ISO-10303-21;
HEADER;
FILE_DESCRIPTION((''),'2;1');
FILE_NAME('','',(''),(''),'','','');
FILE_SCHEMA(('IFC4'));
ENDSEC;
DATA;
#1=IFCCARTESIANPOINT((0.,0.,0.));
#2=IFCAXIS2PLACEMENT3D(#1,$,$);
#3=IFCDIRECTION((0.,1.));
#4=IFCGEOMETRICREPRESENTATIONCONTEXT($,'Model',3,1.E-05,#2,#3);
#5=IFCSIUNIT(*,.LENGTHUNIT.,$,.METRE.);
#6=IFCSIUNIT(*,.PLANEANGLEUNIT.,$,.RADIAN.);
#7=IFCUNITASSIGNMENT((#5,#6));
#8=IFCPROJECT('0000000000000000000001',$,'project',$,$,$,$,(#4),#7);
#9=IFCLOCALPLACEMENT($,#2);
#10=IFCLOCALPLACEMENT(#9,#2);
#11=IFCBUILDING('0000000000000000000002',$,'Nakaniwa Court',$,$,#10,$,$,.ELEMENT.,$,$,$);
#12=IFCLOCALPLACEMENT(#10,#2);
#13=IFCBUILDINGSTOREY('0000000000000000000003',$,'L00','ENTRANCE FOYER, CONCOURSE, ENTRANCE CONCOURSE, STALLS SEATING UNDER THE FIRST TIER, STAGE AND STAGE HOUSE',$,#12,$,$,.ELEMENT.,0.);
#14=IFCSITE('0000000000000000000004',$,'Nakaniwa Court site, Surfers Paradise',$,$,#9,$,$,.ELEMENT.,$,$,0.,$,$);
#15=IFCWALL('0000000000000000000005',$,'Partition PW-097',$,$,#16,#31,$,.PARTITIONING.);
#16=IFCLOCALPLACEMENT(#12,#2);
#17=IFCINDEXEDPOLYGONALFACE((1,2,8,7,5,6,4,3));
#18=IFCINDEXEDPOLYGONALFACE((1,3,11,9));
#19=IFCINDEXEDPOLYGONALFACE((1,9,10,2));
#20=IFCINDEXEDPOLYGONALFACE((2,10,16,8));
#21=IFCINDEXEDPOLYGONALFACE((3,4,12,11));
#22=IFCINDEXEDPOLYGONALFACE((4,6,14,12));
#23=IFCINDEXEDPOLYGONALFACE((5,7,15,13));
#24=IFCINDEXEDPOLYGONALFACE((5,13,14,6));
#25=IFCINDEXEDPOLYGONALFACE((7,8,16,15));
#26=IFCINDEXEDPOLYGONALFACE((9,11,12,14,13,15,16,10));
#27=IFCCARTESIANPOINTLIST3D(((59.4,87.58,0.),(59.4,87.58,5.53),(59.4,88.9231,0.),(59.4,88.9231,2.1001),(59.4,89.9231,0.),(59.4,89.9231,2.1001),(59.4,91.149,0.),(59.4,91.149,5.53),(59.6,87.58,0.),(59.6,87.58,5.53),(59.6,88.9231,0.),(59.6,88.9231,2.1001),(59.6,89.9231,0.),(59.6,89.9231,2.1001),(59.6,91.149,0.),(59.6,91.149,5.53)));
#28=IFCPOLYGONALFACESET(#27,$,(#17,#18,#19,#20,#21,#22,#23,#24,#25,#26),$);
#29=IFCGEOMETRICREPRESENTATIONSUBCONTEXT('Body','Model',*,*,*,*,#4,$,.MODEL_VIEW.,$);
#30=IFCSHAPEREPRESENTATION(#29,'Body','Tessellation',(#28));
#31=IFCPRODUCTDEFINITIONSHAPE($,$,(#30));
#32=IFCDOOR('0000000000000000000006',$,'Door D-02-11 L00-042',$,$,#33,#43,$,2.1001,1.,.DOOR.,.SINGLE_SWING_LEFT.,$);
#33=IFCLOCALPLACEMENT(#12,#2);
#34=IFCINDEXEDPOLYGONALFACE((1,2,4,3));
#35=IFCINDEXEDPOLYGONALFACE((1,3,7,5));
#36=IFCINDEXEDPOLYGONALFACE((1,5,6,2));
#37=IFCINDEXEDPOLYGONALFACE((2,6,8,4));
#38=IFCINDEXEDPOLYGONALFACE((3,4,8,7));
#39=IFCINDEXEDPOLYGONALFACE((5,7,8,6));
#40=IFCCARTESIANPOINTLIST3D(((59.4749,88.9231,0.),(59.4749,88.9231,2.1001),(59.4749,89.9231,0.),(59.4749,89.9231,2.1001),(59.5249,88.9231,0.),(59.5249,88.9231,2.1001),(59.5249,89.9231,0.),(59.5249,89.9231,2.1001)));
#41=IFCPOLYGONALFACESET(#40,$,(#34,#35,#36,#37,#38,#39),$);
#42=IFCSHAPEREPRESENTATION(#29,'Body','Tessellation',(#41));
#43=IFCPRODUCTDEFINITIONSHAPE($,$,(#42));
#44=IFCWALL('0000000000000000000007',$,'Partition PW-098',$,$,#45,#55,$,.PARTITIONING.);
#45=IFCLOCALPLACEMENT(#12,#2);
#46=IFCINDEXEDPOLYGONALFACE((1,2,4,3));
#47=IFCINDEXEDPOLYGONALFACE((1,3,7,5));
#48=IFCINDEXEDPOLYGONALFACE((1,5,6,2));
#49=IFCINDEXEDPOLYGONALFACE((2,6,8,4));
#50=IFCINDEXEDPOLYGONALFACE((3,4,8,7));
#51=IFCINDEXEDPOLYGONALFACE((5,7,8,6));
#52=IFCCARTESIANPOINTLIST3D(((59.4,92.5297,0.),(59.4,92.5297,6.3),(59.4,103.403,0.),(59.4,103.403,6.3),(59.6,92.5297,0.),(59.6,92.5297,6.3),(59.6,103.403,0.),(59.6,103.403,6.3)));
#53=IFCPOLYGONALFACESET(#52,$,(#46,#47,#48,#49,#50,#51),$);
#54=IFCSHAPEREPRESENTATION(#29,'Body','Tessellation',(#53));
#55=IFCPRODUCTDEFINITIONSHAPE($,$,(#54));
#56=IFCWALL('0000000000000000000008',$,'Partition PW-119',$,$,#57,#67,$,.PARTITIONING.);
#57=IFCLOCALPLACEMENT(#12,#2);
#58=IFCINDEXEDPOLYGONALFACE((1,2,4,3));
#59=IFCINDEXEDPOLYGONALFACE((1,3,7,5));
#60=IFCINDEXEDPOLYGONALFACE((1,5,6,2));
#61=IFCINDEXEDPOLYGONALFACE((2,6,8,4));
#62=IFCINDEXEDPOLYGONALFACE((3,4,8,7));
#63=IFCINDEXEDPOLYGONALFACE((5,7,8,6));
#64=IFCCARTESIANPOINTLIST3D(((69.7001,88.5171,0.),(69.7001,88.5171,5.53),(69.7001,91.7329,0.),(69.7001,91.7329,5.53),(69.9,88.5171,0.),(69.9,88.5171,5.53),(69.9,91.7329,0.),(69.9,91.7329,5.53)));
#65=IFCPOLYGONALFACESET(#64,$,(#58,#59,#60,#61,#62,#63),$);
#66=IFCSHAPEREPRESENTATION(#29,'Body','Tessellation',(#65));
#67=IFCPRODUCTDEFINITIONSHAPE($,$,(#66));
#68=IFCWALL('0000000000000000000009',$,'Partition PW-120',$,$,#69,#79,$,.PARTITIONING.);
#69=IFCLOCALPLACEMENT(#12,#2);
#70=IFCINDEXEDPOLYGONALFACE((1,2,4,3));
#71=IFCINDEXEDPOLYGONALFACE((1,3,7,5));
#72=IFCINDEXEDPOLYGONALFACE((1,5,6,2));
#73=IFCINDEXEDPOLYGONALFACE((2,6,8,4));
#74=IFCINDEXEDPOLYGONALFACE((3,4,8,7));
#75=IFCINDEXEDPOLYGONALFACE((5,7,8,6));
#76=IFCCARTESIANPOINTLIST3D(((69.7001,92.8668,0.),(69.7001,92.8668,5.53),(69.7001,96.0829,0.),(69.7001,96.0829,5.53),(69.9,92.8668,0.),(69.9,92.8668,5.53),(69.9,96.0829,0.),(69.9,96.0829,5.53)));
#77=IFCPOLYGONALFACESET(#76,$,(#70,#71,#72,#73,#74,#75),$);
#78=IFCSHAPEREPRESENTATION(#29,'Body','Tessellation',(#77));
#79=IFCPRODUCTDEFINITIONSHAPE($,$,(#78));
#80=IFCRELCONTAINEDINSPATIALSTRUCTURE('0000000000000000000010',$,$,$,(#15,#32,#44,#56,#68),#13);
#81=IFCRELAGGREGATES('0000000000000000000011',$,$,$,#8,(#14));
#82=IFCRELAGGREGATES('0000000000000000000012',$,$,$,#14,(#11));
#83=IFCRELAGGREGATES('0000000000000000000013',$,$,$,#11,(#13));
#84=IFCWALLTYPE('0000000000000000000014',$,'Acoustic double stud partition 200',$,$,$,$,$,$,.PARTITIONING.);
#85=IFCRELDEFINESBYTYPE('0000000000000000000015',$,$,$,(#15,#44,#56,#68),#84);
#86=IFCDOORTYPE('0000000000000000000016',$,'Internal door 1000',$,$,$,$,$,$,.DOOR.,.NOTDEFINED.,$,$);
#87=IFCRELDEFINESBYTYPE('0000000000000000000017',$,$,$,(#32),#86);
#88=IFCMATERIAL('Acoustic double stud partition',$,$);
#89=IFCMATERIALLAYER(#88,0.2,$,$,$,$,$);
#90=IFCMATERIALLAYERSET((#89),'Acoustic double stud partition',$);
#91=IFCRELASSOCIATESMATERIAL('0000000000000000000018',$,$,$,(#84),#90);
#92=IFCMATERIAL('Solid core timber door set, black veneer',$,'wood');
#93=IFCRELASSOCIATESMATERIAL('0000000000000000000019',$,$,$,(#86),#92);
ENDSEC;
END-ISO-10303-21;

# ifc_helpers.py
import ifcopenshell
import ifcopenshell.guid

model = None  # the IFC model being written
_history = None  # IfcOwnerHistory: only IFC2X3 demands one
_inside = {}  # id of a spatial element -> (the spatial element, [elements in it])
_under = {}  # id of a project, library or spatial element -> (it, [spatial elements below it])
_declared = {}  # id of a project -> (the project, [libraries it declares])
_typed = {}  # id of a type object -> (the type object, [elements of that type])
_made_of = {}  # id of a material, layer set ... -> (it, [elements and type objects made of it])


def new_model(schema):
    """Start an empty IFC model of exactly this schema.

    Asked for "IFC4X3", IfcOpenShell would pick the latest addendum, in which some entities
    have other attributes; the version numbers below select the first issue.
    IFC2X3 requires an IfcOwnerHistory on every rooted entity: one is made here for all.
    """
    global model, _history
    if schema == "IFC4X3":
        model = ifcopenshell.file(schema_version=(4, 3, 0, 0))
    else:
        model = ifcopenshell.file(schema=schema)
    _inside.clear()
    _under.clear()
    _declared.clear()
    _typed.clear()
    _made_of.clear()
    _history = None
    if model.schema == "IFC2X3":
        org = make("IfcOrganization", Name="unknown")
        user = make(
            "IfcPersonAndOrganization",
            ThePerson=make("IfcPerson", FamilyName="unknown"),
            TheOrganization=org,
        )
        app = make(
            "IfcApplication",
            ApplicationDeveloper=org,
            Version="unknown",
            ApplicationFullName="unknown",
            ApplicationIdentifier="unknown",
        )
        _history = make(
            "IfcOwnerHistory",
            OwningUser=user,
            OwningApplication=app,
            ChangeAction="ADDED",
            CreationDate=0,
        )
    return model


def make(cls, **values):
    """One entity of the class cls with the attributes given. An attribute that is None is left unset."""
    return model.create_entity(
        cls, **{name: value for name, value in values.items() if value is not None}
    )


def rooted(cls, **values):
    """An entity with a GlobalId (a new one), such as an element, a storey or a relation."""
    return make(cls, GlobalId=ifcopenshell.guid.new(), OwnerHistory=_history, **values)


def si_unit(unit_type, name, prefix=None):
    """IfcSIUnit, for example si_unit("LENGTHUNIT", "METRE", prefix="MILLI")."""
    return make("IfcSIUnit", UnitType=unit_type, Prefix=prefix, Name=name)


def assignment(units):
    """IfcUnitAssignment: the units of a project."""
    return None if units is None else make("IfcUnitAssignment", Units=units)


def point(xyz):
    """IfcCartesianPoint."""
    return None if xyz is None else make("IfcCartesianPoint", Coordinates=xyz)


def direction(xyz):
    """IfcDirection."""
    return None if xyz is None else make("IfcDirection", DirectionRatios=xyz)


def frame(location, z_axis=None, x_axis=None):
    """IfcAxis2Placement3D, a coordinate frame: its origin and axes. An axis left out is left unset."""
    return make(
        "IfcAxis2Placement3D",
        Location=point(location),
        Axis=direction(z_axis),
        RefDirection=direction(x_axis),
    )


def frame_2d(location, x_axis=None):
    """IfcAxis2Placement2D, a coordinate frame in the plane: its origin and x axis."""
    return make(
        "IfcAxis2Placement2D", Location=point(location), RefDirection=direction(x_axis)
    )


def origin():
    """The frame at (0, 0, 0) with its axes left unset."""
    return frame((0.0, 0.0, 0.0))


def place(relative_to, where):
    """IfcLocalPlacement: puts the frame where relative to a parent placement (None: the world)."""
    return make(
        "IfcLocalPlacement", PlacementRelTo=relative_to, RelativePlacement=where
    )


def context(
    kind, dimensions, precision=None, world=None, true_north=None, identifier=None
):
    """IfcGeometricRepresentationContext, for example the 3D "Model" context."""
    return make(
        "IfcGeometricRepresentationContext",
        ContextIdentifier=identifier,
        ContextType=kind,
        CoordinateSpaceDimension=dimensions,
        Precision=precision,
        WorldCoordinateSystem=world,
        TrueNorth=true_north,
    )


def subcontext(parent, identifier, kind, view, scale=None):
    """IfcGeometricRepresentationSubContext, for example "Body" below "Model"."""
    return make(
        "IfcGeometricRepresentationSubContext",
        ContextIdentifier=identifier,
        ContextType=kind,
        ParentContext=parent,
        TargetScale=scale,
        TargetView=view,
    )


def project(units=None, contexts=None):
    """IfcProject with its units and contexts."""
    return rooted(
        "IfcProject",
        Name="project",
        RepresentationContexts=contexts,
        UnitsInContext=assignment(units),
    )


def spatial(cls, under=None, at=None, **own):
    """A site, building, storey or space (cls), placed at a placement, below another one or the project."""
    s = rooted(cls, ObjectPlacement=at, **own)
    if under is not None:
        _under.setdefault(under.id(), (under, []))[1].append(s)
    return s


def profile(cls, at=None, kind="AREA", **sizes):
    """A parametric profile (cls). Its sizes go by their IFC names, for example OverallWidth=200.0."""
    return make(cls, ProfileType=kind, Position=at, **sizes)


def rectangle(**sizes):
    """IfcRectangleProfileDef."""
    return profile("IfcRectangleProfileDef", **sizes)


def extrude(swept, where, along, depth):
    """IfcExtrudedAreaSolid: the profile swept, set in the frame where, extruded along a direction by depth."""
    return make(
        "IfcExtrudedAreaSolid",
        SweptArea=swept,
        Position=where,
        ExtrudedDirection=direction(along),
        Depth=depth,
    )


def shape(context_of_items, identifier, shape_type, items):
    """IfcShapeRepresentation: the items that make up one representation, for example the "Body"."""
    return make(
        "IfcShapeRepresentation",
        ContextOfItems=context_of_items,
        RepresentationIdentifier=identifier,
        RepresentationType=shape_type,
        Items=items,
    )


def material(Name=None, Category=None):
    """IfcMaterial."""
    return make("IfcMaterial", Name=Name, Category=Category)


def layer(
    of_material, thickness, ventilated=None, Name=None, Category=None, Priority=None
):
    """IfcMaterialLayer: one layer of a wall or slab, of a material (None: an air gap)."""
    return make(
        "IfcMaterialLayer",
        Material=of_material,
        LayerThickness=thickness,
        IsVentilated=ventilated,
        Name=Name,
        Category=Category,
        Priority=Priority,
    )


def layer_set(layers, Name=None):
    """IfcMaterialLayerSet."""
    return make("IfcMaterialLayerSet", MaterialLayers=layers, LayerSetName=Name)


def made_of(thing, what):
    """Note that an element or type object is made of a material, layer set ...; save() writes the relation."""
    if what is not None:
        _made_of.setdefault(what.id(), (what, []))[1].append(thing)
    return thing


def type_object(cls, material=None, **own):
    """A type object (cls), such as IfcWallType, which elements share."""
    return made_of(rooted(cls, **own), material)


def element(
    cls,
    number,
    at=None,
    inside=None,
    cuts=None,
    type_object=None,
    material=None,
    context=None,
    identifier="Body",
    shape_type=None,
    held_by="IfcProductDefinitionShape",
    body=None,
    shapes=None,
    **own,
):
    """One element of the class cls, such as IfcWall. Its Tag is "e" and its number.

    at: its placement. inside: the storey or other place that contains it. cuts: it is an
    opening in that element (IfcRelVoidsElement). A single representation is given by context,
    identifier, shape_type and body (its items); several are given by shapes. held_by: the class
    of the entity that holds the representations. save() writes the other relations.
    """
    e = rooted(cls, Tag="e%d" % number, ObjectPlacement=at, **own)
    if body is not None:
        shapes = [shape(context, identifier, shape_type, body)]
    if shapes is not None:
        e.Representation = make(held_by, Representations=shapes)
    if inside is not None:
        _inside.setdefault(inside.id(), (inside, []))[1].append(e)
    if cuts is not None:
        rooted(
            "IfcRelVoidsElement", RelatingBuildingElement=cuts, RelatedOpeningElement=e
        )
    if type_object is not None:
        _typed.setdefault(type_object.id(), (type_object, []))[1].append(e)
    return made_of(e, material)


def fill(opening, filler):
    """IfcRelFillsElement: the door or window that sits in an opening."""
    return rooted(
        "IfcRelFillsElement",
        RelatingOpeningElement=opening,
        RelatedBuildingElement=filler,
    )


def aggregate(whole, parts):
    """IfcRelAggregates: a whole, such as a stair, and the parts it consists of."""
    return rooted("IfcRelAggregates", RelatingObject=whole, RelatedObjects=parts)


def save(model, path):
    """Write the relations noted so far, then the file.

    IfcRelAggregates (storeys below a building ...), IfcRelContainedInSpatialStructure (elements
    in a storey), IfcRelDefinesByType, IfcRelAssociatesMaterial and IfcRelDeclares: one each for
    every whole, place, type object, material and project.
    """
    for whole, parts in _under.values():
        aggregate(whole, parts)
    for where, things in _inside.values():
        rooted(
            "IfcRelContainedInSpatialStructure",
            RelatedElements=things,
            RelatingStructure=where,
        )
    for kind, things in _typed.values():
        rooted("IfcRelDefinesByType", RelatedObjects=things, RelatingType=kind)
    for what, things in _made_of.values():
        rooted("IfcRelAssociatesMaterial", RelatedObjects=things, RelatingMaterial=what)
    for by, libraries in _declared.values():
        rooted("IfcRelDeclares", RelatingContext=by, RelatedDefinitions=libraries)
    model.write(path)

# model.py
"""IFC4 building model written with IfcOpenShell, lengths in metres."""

from ifc_helpers import new_model, si_unit, direction, frame, frame_2d, origin, place, context, subcontext, project, spatial, rectangle, extrude, material, layer, layer_set, type_object, element, fill, save


model = new_model("IFC4")

# Units and contexts
model_context = context("Model", 3, precision=1e-05, world=origin(), true_north=direction((0.0, 1.0)))
body_context = subcontext(model_context, "Body", "Model", "MODEL_VIEW")
ifc_project = project(units=[si_unit("LENGTHUNIT", "METRE"), si_unit("PLANEANGLEUNIT", "RADIAN")], contexts=[model_context])

# Site, building, storey
site_placement = place(None, origin())
site = spatial("IfcSite", under=ifc_project, at=site_placement, Name="Nakaniwa Court site, Surfers Paradise", CompositionType="ELEMENT", RefElevation=0.0)
building_placement = place(site_placement, origin())
building = spatial("IfcBuilding", under=site, at=building_placement, Name="Nakaniwa Court", CompositionType="ELEMENT")
storey_placement = place(building_placement, origin())
storey = spatial("IfcBuildingStorey", under=building, at=storey_placement, Name="L00", Description="ENTRANCE FOYER, CONCOURSE, ENTRANCE CONCOURSE, STALLS SEATING UNDER THE FIRST TIER, STAGE AND STAGE HOUSE", CompositionType="ELEMENT", Elevation=0.0)

# Wall, opening, door
ifc_material_1 = material(Name="Acoustic double stud partition")
ifc_layer_1 = layer(ifc_material_1, 0.2)
ifc_layer_set_1 = layer_set([ifc_layer_1], Name="Acoustic double stud partition")
wall_type_1 = type_object("IfcWallType", Name="Acoustic double stud partition 200", PredefinedType="PARTITIONING", material=ifc_layer_set_1)
ifc_material_2 = material(Name="Solid core timber door set, black veneer", Category="wood")
door_type_1 = type_object("IfcDoorType", Name="Internal door 1000", OperationType="NOTDEFINED", PredefinedType="DOOR", material=ifc_material_2)
wall_1_placement = place(storey_placement, frame((59.5, 91.1492, 0.0), z_axis=(0.0, 0.0, 1.0), x_axis=(0.0, -1.0, 0.0)))
wall_1 = element("IfcWall", 1, at=wall_1_placement, inside=storey, type_object=wall_type_1, Name="Partition PW-097", PredefinedType="PARTITIONING", context=body_context, shape_type="SweptSolid", body=[
    extrude(rectangle(XDim=3.5691, YDim=0.2, at=frame_2d((1.7847, 0.0))), origin(), (0.0, 0.0, 1.0), 5.53),
])
opening_1_placement = place(wall_1_placement, frame((1.2261, 0.0, 0.0)))
opening_1 = element("IfcOpeningElement", 2, at=opening_1_placement, cuts=wall_1, PredefinedType="OPENING", context=body_context, shape_type="SweptSolid", body=[
    extrude(rectangle(XDim=1.0, YDim=2.1001, at=frame_2d((0.5, 1.05))), frame((0.0, 0.1099, 0.0), z_axis=(0.0, -1.0, 0.0), x_axis=(1.0, 0.0, 0.0)), (0.0, 0.0, 1.0), 0.22),
])
door_1_placement = place(opening_1_placement, origin())
door_1 = element("IfcDoor", 3, at=door_1_placement, inside=storey, type_object=door_type_1, Name="Door D-02-11 L00-042", OperationType="SINGLE_SWING_LEFT", OverallHeight=2.1001, OverallWidth=1.0, PredefinedType="DOOR", context=body_context, shape_type="SweptSolid", body=[
    extrude(rectangle(XDim=1.0, YDim=2.1001, at=frame_2d((0.5, 1.05))), frame((0.0, 0.0249, 0.0), z_axis=(0.0, -1.0, 0.0), x_axis=(1.0, 0.0, 0.0)), (0.0, 0.0, 1.0), 0.05),
])
fill(opening_1, door_1)

# Walls
wall_2_placement = place(storey_placement, frame((59.5, 92.5298, 0.0), z_axis=(0.0, 0.0, 1.0), x_axis=(0.0, 1.0, 0.0)))
element("IfcWall", 4, at=wall_2_placement, inside=storey, type_object=wall_type_1, Name="Partition PW-098", PredefinedType="PARTITIONING", context=body_context, shape_type="SweptSolid", body=[
    extrude(rectangle(XDim=10.8733, YDim=0.2, at=frame_2d((5.4365, 0.0))), origin(), (0.0, 0.0, 1.0), 6.3),
])
wall_3_placement = place(storey_placement, frame((69.8, 88.5171, 0.0), z_axis=(0.0, 0.0, 1.0), x_axis=(0.0, 1.0, 0.0)))
element("IfcWall", 5, at=wall_3_placement, inside=storey, type_object=wall_type_1, Name="Partition PW-119", PredefinedType="PARTITIONING", context=body_context, shape_type="SweptSolid", body=[
    extrude(rectangle(XDim=3.2158, YDim=0.2, at=frame_2d((1.6079, 0.0))), origin(), (0.0, 0.0, 1.0), 5.53),
])
wall_4_placement = place(storey_placement, frame((69.8, 92.8669, 0.0), z_axis=(0.0, 0.0, 1.0), x_axis=(0.0, 1.0, 0.0)))
element("IfcWall", 6, at=wall_4_placement, inside=storey, type_object=wall_type_1, Name="Partition PW-120", PredefinedType="PARTITIONING", context=body_context, shape_type="SweptSolid", body=[
    extrude(rectangle(XDim=3.2161, YDim=0.2, at=frame_2d((1.6079, 0.0))), origin(), (0.0, 0.0, 1.0), 5.53),
])

save(model, "model.ifc")
